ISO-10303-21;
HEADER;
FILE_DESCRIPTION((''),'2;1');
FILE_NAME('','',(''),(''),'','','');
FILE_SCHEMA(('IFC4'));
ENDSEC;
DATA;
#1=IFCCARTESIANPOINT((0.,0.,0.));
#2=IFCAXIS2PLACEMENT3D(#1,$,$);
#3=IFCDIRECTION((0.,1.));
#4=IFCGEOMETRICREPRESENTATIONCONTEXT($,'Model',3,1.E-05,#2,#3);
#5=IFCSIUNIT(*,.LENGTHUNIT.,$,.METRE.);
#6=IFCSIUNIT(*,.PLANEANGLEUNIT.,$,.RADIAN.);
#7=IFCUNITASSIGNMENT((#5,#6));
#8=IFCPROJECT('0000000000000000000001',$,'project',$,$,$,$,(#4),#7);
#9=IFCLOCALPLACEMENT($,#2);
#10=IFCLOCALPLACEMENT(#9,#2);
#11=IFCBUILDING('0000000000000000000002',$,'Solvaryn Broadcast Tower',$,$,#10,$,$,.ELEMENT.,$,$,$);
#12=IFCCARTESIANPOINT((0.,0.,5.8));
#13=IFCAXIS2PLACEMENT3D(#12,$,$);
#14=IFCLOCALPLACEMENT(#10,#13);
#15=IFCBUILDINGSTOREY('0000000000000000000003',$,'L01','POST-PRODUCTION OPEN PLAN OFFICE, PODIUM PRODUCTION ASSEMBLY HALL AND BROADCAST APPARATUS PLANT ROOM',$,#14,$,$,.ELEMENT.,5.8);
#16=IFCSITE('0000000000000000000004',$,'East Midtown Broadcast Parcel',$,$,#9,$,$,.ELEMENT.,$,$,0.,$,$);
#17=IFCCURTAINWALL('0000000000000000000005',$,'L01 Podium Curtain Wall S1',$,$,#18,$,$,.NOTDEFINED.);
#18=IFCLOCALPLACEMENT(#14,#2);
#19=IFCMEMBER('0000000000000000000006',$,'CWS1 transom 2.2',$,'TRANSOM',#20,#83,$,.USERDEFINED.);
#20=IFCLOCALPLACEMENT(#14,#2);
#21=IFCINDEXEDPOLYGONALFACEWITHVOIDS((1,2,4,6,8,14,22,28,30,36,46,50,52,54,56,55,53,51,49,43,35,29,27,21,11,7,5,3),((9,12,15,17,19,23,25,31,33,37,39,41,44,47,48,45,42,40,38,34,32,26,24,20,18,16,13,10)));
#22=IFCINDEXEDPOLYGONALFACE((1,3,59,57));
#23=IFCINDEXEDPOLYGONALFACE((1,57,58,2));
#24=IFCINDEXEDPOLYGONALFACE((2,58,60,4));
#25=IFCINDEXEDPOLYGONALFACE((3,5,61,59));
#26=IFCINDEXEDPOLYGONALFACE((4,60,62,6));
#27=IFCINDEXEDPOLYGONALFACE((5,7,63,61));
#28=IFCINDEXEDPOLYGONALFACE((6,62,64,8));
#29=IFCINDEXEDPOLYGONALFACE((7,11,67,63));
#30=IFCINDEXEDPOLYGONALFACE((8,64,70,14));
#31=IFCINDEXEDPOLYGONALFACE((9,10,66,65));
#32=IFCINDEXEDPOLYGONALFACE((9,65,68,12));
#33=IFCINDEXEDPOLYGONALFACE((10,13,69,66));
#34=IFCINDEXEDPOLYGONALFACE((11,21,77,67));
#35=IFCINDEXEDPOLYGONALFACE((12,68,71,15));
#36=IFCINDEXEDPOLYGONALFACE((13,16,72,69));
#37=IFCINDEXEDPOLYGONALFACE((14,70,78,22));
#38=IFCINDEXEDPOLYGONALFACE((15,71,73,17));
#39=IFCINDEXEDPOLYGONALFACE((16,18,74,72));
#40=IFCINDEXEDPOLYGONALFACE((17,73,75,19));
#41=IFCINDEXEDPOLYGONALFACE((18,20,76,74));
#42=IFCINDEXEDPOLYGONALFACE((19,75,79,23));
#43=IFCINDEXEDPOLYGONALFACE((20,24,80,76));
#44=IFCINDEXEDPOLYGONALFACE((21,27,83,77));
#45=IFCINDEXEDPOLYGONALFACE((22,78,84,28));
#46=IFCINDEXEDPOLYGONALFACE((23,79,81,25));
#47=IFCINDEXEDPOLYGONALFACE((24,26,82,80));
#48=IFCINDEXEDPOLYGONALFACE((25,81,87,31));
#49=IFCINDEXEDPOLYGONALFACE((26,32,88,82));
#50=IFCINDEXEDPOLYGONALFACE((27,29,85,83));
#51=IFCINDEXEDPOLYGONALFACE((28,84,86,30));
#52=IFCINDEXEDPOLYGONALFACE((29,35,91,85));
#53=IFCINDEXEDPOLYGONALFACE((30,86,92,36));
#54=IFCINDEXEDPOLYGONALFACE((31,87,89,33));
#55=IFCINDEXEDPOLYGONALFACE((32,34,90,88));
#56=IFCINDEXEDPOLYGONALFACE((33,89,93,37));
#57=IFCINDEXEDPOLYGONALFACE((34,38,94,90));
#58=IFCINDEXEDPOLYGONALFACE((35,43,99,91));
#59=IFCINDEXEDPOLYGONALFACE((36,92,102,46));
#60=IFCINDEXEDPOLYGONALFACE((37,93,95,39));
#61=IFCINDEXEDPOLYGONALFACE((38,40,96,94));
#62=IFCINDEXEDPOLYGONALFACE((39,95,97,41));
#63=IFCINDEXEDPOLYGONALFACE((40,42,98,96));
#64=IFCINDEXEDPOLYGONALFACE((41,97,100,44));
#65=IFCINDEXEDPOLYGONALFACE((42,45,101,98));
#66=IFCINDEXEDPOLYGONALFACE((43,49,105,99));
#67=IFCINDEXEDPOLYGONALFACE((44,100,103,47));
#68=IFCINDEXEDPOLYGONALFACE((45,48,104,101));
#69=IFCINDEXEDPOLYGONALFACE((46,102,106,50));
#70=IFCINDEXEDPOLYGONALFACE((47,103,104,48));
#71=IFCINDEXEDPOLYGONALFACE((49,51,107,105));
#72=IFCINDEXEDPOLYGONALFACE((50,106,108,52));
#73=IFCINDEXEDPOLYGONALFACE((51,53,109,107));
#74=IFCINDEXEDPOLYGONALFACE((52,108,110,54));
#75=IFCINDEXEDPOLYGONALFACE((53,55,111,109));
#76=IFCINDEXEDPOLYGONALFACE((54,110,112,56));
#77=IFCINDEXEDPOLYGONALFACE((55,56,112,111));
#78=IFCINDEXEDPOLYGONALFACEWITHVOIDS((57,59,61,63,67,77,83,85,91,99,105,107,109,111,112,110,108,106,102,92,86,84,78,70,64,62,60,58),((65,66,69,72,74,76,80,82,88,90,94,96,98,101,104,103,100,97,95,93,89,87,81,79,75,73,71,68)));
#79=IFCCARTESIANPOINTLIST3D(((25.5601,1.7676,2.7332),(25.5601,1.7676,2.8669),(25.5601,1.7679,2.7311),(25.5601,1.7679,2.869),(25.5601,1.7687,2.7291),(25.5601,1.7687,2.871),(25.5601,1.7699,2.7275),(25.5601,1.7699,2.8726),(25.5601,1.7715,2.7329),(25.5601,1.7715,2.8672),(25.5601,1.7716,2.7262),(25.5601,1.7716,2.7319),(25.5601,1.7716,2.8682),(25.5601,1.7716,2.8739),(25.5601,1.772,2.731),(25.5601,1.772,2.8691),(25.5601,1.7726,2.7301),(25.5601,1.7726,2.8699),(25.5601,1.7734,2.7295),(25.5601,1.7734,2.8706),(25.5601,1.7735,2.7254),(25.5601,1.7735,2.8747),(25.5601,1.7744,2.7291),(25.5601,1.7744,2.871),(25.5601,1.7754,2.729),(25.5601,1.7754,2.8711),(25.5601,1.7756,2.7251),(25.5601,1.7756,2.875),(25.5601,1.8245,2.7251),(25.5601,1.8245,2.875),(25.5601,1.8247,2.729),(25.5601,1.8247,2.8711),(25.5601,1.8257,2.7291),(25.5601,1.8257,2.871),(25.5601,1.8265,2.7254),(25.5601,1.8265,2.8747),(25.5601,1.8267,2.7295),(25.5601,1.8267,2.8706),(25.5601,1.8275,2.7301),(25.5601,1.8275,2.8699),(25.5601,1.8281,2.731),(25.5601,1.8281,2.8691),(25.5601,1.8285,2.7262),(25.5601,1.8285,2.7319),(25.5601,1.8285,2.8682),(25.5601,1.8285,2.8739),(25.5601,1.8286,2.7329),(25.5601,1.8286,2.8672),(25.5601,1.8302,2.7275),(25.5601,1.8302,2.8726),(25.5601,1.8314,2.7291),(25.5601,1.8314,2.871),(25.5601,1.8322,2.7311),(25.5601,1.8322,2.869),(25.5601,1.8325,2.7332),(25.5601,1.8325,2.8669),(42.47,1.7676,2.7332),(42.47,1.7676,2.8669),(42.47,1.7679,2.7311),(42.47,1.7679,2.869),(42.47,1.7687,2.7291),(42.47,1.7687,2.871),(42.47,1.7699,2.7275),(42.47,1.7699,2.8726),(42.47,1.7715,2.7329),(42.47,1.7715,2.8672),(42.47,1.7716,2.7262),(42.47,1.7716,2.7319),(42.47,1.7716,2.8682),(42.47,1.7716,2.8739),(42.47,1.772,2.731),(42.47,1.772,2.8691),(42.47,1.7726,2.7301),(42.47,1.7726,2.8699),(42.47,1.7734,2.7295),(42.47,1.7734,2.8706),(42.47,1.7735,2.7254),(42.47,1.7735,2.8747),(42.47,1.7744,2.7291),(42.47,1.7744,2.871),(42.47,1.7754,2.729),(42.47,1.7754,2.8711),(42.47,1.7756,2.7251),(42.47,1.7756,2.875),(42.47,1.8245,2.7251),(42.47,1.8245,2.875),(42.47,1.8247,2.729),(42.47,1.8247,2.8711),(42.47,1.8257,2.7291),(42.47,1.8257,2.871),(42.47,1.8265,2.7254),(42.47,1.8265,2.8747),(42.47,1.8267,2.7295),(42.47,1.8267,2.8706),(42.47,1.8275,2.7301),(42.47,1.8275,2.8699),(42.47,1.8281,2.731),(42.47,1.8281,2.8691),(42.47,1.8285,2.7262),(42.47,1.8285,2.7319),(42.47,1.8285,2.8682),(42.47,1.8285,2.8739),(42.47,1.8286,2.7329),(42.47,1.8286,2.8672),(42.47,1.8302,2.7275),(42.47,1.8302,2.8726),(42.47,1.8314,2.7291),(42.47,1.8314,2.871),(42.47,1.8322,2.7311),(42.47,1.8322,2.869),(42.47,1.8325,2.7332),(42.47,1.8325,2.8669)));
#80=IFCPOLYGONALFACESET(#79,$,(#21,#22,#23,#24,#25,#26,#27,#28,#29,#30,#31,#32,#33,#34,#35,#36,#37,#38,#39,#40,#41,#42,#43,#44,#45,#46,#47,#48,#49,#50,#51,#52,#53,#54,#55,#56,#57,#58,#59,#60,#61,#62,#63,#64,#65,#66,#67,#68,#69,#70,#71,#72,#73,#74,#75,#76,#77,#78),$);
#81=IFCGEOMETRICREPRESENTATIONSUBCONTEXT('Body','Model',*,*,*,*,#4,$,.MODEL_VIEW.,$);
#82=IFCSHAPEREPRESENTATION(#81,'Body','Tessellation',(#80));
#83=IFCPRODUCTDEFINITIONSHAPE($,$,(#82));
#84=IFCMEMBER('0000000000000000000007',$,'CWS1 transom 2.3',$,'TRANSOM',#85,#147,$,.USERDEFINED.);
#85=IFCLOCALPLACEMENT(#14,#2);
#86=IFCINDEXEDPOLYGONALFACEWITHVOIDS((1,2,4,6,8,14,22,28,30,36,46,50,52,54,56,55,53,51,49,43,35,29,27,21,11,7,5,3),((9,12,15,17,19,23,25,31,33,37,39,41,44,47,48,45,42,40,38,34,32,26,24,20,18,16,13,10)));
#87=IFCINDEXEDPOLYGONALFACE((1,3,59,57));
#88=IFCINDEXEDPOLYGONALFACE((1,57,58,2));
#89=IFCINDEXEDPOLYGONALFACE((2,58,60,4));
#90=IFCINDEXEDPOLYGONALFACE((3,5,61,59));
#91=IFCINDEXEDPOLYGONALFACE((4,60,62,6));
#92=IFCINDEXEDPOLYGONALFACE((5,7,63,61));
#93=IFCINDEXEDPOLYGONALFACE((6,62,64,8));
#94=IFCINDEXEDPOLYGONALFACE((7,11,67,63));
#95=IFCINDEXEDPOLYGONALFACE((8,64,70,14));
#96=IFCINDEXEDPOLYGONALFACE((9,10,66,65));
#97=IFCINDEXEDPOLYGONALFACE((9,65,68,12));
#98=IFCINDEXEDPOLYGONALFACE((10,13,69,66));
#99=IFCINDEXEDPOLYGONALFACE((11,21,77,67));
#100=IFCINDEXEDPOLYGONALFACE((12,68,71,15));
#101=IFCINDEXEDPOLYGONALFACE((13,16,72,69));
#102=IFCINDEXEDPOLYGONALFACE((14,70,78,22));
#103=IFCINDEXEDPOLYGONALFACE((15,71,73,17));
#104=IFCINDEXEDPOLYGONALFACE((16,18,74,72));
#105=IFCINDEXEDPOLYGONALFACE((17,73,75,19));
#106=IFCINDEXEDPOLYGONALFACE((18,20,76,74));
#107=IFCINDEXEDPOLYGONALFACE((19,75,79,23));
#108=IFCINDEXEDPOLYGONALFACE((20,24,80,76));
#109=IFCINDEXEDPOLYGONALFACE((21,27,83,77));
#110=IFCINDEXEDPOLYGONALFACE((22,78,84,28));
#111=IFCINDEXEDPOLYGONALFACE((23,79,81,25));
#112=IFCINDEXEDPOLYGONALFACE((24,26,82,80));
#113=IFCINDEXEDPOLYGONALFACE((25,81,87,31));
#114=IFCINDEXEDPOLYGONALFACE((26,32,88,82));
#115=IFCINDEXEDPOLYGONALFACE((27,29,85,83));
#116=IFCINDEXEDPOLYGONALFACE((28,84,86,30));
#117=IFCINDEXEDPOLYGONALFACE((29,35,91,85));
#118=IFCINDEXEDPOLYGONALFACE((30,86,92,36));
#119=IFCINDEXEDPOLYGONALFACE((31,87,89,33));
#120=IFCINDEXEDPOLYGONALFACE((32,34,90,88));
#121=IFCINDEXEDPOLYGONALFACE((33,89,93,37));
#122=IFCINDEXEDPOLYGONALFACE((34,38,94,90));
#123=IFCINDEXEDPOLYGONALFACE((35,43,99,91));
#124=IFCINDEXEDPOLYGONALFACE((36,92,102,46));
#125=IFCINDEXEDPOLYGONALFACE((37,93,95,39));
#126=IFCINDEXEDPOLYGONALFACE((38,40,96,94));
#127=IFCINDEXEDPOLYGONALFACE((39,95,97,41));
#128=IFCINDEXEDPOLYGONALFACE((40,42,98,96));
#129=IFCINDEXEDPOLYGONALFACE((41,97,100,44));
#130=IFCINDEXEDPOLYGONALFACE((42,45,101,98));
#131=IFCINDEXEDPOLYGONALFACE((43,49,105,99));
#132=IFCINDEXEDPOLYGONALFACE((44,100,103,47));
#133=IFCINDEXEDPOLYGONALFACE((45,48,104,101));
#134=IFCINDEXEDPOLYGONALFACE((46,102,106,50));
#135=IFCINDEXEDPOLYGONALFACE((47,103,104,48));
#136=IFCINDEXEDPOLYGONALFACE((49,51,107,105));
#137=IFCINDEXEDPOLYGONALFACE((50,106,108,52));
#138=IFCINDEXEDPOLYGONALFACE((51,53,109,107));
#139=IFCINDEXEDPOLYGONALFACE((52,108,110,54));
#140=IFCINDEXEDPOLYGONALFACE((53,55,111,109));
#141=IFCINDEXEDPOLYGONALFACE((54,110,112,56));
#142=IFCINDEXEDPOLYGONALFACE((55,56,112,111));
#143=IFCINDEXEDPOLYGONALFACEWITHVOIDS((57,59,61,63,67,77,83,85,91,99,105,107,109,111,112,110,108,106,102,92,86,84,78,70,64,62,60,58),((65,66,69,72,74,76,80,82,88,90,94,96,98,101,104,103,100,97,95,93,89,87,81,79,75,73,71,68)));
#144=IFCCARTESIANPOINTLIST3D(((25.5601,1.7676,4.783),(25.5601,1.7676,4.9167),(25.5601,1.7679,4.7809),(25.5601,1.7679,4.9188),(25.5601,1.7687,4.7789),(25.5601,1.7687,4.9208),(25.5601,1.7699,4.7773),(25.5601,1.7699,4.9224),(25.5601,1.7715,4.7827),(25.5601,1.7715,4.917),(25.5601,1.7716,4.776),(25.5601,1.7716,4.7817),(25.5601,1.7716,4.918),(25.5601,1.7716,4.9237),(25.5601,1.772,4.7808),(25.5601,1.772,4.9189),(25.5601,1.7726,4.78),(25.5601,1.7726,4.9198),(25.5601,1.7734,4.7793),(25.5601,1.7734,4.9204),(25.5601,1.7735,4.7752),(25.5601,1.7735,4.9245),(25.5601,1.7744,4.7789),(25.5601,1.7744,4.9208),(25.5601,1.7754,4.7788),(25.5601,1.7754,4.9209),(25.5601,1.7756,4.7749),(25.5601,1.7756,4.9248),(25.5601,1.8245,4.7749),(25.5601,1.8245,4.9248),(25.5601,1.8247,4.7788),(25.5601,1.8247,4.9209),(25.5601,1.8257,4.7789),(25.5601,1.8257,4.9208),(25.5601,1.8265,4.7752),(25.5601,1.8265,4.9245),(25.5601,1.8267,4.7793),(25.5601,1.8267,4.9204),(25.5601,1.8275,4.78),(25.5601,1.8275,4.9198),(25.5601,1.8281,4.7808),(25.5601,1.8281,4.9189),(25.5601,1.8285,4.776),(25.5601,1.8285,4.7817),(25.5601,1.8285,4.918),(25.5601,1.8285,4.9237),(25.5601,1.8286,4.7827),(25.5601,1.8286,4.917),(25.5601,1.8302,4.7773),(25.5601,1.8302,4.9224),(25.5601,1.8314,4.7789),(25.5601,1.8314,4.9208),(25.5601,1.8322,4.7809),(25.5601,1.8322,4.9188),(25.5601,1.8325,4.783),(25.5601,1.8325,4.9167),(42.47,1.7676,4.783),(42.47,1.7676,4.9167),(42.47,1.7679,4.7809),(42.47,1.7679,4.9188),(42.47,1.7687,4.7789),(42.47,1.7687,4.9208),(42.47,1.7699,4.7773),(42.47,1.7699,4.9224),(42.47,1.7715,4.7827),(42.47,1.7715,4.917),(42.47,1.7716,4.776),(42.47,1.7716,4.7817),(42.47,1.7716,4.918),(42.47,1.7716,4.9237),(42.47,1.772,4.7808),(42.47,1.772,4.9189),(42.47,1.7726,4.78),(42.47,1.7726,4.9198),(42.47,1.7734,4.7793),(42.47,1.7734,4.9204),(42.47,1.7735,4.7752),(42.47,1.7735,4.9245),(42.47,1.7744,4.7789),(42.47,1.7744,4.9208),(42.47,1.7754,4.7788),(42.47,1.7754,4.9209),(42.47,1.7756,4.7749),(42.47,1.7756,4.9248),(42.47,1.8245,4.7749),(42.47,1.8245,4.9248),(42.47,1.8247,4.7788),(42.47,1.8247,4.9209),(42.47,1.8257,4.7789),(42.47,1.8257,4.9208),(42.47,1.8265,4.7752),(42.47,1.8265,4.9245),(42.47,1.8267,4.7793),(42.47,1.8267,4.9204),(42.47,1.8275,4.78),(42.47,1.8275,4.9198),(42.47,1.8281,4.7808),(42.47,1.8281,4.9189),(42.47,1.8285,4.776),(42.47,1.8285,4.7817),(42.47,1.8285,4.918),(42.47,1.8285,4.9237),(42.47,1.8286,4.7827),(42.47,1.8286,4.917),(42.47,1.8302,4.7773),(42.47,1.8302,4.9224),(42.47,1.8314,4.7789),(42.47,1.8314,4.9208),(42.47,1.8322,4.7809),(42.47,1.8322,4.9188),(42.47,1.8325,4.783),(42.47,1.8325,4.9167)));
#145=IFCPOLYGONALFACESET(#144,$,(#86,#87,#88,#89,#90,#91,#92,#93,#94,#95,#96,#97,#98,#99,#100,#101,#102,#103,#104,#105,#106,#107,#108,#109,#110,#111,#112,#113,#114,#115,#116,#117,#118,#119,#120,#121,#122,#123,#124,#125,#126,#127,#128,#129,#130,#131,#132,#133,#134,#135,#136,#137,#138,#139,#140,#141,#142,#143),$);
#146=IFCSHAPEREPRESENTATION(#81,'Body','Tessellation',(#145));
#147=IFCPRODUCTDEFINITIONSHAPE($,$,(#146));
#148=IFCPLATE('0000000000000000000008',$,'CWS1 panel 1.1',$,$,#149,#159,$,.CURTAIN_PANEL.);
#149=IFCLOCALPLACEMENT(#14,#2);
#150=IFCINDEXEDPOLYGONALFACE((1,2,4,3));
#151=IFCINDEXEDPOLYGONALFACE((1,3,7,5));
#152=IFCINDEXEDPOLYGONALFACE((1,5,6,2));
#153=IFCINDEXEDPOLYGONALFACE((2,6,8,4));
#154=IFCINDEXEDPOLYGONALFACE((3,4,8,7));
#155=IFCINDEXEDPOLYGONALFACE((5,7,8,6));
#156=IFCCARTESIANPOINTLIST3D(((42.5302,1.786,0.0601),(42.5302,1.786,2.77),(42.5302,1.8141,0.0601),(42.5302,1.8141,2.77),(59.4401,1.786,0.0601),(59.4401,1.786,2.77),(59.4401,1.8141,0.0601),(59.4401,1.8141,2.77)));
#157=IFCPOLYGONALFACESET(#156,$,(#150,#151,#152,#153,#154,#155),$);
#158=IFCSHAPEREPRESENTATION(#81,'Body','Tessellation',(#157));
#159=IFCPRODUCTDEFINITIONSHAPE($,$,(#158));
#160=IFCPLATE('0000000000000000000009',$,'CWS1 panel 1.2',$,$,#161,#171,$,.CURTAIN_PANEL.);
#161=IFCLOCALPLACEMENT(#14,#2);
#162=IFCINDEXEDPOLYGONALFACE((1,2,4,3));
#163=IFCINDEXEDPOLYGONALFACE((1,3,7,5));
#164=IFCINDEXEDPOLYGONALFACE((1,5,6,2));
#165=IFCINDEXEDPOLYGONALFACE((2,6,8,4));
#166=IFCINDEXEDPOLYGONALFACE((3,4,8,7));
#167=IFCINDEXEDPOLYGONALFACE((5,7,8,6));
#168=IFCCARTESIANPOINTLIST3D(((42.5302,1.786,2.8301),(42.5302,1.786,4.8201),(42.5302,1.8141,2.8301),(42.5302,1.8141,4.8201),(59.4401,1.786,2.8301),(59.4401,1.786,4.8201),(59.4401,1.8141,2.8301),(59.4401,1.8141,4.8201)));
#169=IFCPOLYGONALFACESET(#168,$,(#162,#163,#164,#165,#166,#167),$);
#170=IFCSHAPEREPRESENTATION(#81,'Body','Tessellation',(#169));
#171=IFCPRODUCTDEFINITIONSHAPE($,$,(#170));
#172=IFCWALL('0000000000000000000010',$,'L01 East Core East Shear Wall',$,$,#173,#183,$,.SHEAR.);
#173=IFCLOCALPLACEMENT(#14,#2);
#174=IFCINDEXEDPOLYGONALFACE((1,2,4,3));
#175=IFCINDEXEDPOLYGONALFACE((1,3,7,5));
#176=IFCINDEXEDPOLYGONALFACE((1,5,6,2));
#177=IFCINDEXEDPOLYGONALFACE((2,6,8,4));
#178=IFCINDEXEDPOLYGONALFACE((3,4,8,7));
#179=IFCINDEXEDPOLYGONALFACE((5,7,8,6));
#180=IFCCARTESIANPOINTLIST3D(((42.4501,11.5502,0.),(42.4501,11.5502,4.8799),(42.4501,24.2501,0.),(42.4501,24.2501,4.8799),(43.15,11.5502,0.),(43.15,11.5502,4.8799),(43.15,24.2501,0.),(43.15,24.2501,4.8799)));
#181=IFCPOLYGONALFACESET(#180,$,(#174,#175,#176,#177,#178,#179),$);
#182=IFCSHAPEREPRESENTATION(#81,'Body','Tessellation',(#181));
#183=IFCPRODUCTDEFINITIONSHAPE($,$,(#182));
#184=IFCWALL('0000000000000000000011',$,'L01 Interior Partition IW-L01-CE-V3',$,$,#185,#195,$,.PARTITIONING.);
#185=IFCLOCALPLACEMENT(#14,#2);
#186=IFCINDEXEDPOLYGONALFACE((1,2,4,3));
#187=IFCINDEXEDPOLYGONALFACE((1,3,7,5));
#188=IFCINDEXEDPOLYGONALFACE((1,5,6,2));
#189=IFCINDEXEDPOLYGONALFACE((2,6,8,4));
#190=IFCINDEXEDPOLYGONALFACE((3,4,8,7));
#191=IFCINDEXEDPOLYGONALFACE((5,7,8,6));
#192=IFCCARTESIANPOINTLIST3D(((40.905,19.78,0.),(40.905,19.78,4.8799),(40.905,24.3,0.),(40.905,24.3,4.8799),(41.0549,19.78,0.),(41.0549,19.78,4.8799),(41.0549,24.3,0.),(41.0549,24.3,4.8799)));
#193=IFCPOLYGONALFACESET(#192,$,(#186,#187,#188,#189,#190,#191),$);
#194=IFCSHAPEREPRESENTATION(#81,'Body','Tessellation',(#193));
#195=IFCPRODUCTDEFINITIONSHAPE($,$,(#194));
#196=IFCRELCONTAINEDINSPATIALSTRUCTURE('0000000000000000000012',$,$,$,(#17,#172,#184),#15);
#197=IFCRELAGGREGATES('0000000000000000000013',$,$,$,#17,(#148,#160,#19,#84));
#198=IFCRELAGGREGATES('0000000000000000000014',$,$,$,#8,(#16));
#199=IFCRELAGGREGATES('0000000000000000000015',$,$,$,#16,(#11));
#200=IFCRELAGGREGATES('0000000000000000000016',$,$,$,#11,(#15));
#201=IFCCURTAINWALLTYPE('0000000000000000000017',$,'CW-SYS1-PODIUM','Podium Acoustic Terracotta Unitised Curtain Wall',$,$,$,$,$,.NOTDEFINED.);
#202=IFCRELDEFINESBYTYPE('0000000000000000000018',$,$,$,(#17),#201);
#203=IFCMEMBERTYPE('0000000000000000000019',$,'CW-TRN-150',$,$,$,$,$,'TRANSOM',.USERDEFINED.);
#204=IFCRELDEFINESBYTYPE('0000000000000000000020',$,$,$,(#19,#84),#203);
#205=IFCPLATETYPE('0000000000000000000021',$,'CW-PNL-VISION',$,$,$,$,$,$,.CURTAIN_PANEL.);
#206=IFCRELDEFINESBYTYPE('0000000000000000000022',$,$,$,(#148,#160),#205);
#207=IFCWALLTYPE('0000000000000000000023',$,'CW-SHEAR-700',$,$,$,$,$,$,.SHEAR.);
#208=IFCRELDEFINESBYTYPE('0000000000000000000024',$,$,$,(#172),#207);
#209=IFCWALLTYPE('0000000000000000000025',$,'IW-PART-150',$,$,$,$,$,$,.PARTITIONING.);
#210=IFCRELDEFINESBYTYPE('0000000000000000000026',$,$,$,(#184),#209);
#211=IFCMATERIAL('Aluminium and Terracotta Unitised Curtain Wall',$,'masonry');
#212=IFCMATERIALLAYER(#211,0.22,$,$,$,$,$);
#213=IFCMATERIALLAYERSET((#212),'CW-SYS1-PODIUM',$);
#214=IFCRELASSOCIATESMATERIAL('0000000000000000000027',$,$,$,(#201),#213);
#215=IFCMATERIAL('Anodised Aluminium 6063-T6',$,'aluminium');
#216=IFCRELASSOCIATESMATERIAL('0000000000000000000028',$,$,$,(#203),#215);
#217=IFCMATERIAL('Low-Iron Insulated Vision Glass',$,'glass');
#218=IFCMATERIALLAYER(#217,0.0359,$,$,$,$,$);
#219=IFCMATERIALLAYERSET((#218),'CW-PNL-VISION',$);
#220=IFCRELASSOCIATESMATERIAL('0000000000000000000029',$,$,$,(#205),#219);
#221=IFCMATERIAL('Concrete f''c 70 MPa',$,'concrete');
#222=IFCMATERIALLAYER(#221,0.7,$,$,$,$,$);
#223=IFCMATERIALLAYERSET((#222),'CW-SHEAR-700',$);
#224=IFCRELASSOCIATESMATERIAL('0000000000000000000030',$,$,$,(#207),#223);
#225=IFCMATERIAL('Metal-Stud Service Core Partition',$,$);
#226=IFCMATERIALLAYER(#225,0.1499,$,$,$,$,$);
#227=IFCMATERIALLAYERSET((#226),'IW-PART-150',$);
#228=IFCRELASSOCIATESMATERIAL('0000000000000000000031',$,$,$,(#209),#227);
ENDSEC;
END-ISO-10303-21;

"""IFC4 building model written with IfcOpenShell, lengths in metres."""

from ifc_helpers import new_model, si_unit, direction, frame, frame_2d, origin, origin_2d, place, context, subcontext, project, spatial, rectangle, hollow_rectangle, extrude, material, layer, layer_set, material_profile, profile_set, type_object, element, aggregate, save


model = new_model("IFC4")

# Units and contexts
model_context = context("Model", 3, precision=1e-05, world=origin(), true_north=direction((0.0, 1.0)))
body_context = subcontext(model_context, "Body", "Model", "MODEL_VIEW")
ifc_project = project(units=[si_unit("LENGTHUNIT", "METRE"), si_unit("PLANEANGLEUNIT", "RADIAN")], contexts=[model_context])

# Site, building, storey
site_placement = place(None, origin())
site = spatial("IfcSite", under=ifc_project, at=site_placement, Name="East Midtown Broadcast Parcel", CompositionType="ELEMENT", RefElevation=0.0)
building_placement = place(site_placement, origin())
building = spatial("IfcBuilding", under=site, at=building_placement, Name="Solvaryn Broadcast Tower", CompositionType="ELEMENT")
storey_placement = place(building_placement, frame((0.0, 0.0, 5.8)))
storey = spatial("IfcBuildingStorey", under=building, at=storey_placement, Name="L01", Description="POST-PRODUCTION OPEN PLAN OFFICE, PODIUM PRODUCTION ASSEMBLY HALL AND BROADCAST APPARATUS PLANT ROOM", CompositionType="ELEMENT", Elevation=5.8)

# Curtain wall, members, plates
ifc_material_1 = material(Name="Aluminium and Terracotta Unitised Curtain Wall", Category="masonry")
ifc_layer_1 = layer(ifc_material_1, 0.22)
ifc_layer_set_1 = layer_set([ifc_layer_1], Name="CW-SYS1-PODIUM")
curtain_wall_type = type_object("IfcCurtainWallType", Name="CW-SYS1-PODIUM", Description="Podium Acoustic Terracotta Unitised Curtain Wall", PredefinedType="NOTDEFINED", material=ifc_layer_set_1)
curtain_wall_placement = place(storey_placement, origin())
curtain_wall = element("IfcCurtainWall", 1, at=curtain_wall_placement, inside=storey, type_object=curtain_wall_type, Name="L01 Podium Curtain Wall S1", PredefinedType="NOTDEFINED")
ifc_material_2 = material(Name="Anodised Aluminium 6063-T6", Category="aluminium")
ifc_material_profile_1 = material_profile(ifc_material_2, hollow_rectangle(XDim=0.0649, YDim=0.1499, WallThickness=0.0039, InnerFilletRadius=0.0039, OuterFilletRadius=0.0081, at=origin_2d()))
ifc_profile_set_1 = profile_set([ifc_material_profile_1], Name="Anodised Aluminium 6063-T6")
member_type_1 = type_object("IfcMemberType", Name="CW-TRN-150", ElementType="TRANSOM", PredefinedType="USERDEFINED", material=ifc_profile_set_1)
member_1_placement = place(storey_placement, frame((42.47, 1.8, 2.8), z_axis=(-1.0, 0.0, 0.0), x_axis=(0.0, -1.0, 0.0)))
member_1 = element("IfcMember", 2, at=member_1_placement, type_object=member_type_1, Name="CWS1 transom 2.2", ObjectType="TRANSOM", PredefinedType="USERDEFINED", context=body_context, shape_type="SweptSolid", body=[
    extrude(hollow_rectangle(XDim=0.0649, YDim=0.1499, WallThickness=0.0039, InnerFilletRadius=0.0039, OuterFilletRadius=0.0081, at=origin_2d()), origin(), (0.0, 0.0, 1.0), 16.9099),
])
member_2_placement = place(storey_placement, frame((42.47, 1.8, 4.8499), z_axis=(-1.0, 0.0, 0.0), x_axis=(0.0, -1.0, 0.0)))
member_2 = element("IfcMember", 3, at=member_2_placement, type_object=member_type_1, Name="CWS1 transom 2.3", ObjectType="TRANSOM", PredefinedType="USERDEFINED", context=body_context, shape_type="SweptSolid", body=[
    extrude(hollow_rectangle(XDim=0.0649, YDim=0.1499, WallThickness=0.0039, InnerFilletRadius=0.0039, OuterFilletRadius=0.0081, at=origin_2d()), origin(), (0.0, 0.0, 1.0), 16.9099),
])
ifc_material_3 = material(Name="Low-Iron Insulated Vision Glass", Category="glass")
ifc_layer_2 = layer(ifc_material_3, 0.0359)
ifc_layer_set_2 = layer_set([ifc_layer_2], Name="CW-PNL-VISION")
plate_type = type_object("IfcPlateType", Name="CW-PNL-VISION", PredefinedType="CURTAIN_PANEL", material=ifc_layer_set_2)
plate_1_placement = place(storey_placement, frame((50.9851, 1.8, 0.0601), z_axis=(0.0, 0.0, 1.0), x_axis=(-1.0, 0.0, 0.0)))
plate_1 = element("IfcPlate", 4, at=plate_1_placement, type_object=plate_type, Name="CWS1 panel 1.1", PredefinedType="CURTAIN_PANEL", context=body_context, shape_type="SweptSolid", body=[
    extrude(rectangle(XDim=16.9099, YDim=0.0281, at=origin_2d()), origin(), (0.0, 0.0, 1.0), 2.71),
])
plate_2_placement = place(storey_placement, frame((50.9851, 1.8, 2.8301), z_axis=(0.0, 0.0, 1.0), x_axis=(-1.0, 0.0, 0.0)))
plate_2 = element("IfcPlate", 5, at=plate_2_placement, type_object=plate_type, Name="CWS1 panel 1.2", PredefinedType="CURTAIN_PANEL", context=body_context, shape_type="SweptSolid", body=[
    extrude(rectangle(XDim=16.9099, YDim=0.0281, at=origin_2d()), origin(), (0.0, 0.0, 1.0), 1.99),
])
aggregate(curtain_wall, [plate_1, plate_2, member_1, member_2])

# Walls
ifc_material_4 = material(Name="Concrete f'c 70 MPa", Category="concrete")
ifc_layer_3 = layer(ifc_material_4, 0.7)
ifc_layer_set_3 = layer_set([ifc_layer_3], Name="CW-SHEAR-700")
wall_type_1 = type_object("IfcWallType", Name="CW-SHEAR-700", PredefinedType="SHEAR", material=ifc_layer_set_3)
wall_1_placement = place(storey_placement, frame((42.8, 11.55, 0.0), z_axis=(0.0, 0.0, 1.0), x_axis=(0.0, 1.0, 0.0)))
element("IfcWall", 6, at=wall_1_placement, inside=storey, type_object=wall_type_1, Name="L01 East Core East Shear Wall", PredefinedType="SHEAR", context=body_context, shape_type="SweptSolid", body=[
    extrude(rectangle(XDim=12.7, YDim=0.7, at=frame_2d((6.3501, 0.0))), origin(), (0.0, 0.0, 1.0), 4.8799),
])
ifc_material_5 = material(Name="Metal-Stud Service Core Partition")
ifc_layer_4 = layer(ifc_material_5, 0.1499)
ifc_layer_set_4 = layer_set([ifc_layer_4], Name="IW-PART-150")
wall_type_2 = type_object("IfcWallType", Name="IW-PART-150", PredefinedType="PARTITIONING", material=ifc_layer_set_4)
wall_2_placement = place(storey_placement, frame((40.98, 19.78, 0.0), z_axis=(0.0, 0.0, 1.0), x_axis=(0.0, 1.0, 0.0)))
element("IfcWall", 7, at=wall_2_placement, inside=storey, type_object=wall_type_2, Name="L01 Interior Partition IW-L01-CE-V3", PredefinedType="PARTITIONING", context=body_context, shape_type="SweptSolid", body=[
    extrude(rectangle(XDim=4.52, YDim=0.1499, at=frame_2d((2.26, 0.0))), origin(), (0.0, 0.0, 1.0), 4.8799),
])

save(model, "model.ifc")
